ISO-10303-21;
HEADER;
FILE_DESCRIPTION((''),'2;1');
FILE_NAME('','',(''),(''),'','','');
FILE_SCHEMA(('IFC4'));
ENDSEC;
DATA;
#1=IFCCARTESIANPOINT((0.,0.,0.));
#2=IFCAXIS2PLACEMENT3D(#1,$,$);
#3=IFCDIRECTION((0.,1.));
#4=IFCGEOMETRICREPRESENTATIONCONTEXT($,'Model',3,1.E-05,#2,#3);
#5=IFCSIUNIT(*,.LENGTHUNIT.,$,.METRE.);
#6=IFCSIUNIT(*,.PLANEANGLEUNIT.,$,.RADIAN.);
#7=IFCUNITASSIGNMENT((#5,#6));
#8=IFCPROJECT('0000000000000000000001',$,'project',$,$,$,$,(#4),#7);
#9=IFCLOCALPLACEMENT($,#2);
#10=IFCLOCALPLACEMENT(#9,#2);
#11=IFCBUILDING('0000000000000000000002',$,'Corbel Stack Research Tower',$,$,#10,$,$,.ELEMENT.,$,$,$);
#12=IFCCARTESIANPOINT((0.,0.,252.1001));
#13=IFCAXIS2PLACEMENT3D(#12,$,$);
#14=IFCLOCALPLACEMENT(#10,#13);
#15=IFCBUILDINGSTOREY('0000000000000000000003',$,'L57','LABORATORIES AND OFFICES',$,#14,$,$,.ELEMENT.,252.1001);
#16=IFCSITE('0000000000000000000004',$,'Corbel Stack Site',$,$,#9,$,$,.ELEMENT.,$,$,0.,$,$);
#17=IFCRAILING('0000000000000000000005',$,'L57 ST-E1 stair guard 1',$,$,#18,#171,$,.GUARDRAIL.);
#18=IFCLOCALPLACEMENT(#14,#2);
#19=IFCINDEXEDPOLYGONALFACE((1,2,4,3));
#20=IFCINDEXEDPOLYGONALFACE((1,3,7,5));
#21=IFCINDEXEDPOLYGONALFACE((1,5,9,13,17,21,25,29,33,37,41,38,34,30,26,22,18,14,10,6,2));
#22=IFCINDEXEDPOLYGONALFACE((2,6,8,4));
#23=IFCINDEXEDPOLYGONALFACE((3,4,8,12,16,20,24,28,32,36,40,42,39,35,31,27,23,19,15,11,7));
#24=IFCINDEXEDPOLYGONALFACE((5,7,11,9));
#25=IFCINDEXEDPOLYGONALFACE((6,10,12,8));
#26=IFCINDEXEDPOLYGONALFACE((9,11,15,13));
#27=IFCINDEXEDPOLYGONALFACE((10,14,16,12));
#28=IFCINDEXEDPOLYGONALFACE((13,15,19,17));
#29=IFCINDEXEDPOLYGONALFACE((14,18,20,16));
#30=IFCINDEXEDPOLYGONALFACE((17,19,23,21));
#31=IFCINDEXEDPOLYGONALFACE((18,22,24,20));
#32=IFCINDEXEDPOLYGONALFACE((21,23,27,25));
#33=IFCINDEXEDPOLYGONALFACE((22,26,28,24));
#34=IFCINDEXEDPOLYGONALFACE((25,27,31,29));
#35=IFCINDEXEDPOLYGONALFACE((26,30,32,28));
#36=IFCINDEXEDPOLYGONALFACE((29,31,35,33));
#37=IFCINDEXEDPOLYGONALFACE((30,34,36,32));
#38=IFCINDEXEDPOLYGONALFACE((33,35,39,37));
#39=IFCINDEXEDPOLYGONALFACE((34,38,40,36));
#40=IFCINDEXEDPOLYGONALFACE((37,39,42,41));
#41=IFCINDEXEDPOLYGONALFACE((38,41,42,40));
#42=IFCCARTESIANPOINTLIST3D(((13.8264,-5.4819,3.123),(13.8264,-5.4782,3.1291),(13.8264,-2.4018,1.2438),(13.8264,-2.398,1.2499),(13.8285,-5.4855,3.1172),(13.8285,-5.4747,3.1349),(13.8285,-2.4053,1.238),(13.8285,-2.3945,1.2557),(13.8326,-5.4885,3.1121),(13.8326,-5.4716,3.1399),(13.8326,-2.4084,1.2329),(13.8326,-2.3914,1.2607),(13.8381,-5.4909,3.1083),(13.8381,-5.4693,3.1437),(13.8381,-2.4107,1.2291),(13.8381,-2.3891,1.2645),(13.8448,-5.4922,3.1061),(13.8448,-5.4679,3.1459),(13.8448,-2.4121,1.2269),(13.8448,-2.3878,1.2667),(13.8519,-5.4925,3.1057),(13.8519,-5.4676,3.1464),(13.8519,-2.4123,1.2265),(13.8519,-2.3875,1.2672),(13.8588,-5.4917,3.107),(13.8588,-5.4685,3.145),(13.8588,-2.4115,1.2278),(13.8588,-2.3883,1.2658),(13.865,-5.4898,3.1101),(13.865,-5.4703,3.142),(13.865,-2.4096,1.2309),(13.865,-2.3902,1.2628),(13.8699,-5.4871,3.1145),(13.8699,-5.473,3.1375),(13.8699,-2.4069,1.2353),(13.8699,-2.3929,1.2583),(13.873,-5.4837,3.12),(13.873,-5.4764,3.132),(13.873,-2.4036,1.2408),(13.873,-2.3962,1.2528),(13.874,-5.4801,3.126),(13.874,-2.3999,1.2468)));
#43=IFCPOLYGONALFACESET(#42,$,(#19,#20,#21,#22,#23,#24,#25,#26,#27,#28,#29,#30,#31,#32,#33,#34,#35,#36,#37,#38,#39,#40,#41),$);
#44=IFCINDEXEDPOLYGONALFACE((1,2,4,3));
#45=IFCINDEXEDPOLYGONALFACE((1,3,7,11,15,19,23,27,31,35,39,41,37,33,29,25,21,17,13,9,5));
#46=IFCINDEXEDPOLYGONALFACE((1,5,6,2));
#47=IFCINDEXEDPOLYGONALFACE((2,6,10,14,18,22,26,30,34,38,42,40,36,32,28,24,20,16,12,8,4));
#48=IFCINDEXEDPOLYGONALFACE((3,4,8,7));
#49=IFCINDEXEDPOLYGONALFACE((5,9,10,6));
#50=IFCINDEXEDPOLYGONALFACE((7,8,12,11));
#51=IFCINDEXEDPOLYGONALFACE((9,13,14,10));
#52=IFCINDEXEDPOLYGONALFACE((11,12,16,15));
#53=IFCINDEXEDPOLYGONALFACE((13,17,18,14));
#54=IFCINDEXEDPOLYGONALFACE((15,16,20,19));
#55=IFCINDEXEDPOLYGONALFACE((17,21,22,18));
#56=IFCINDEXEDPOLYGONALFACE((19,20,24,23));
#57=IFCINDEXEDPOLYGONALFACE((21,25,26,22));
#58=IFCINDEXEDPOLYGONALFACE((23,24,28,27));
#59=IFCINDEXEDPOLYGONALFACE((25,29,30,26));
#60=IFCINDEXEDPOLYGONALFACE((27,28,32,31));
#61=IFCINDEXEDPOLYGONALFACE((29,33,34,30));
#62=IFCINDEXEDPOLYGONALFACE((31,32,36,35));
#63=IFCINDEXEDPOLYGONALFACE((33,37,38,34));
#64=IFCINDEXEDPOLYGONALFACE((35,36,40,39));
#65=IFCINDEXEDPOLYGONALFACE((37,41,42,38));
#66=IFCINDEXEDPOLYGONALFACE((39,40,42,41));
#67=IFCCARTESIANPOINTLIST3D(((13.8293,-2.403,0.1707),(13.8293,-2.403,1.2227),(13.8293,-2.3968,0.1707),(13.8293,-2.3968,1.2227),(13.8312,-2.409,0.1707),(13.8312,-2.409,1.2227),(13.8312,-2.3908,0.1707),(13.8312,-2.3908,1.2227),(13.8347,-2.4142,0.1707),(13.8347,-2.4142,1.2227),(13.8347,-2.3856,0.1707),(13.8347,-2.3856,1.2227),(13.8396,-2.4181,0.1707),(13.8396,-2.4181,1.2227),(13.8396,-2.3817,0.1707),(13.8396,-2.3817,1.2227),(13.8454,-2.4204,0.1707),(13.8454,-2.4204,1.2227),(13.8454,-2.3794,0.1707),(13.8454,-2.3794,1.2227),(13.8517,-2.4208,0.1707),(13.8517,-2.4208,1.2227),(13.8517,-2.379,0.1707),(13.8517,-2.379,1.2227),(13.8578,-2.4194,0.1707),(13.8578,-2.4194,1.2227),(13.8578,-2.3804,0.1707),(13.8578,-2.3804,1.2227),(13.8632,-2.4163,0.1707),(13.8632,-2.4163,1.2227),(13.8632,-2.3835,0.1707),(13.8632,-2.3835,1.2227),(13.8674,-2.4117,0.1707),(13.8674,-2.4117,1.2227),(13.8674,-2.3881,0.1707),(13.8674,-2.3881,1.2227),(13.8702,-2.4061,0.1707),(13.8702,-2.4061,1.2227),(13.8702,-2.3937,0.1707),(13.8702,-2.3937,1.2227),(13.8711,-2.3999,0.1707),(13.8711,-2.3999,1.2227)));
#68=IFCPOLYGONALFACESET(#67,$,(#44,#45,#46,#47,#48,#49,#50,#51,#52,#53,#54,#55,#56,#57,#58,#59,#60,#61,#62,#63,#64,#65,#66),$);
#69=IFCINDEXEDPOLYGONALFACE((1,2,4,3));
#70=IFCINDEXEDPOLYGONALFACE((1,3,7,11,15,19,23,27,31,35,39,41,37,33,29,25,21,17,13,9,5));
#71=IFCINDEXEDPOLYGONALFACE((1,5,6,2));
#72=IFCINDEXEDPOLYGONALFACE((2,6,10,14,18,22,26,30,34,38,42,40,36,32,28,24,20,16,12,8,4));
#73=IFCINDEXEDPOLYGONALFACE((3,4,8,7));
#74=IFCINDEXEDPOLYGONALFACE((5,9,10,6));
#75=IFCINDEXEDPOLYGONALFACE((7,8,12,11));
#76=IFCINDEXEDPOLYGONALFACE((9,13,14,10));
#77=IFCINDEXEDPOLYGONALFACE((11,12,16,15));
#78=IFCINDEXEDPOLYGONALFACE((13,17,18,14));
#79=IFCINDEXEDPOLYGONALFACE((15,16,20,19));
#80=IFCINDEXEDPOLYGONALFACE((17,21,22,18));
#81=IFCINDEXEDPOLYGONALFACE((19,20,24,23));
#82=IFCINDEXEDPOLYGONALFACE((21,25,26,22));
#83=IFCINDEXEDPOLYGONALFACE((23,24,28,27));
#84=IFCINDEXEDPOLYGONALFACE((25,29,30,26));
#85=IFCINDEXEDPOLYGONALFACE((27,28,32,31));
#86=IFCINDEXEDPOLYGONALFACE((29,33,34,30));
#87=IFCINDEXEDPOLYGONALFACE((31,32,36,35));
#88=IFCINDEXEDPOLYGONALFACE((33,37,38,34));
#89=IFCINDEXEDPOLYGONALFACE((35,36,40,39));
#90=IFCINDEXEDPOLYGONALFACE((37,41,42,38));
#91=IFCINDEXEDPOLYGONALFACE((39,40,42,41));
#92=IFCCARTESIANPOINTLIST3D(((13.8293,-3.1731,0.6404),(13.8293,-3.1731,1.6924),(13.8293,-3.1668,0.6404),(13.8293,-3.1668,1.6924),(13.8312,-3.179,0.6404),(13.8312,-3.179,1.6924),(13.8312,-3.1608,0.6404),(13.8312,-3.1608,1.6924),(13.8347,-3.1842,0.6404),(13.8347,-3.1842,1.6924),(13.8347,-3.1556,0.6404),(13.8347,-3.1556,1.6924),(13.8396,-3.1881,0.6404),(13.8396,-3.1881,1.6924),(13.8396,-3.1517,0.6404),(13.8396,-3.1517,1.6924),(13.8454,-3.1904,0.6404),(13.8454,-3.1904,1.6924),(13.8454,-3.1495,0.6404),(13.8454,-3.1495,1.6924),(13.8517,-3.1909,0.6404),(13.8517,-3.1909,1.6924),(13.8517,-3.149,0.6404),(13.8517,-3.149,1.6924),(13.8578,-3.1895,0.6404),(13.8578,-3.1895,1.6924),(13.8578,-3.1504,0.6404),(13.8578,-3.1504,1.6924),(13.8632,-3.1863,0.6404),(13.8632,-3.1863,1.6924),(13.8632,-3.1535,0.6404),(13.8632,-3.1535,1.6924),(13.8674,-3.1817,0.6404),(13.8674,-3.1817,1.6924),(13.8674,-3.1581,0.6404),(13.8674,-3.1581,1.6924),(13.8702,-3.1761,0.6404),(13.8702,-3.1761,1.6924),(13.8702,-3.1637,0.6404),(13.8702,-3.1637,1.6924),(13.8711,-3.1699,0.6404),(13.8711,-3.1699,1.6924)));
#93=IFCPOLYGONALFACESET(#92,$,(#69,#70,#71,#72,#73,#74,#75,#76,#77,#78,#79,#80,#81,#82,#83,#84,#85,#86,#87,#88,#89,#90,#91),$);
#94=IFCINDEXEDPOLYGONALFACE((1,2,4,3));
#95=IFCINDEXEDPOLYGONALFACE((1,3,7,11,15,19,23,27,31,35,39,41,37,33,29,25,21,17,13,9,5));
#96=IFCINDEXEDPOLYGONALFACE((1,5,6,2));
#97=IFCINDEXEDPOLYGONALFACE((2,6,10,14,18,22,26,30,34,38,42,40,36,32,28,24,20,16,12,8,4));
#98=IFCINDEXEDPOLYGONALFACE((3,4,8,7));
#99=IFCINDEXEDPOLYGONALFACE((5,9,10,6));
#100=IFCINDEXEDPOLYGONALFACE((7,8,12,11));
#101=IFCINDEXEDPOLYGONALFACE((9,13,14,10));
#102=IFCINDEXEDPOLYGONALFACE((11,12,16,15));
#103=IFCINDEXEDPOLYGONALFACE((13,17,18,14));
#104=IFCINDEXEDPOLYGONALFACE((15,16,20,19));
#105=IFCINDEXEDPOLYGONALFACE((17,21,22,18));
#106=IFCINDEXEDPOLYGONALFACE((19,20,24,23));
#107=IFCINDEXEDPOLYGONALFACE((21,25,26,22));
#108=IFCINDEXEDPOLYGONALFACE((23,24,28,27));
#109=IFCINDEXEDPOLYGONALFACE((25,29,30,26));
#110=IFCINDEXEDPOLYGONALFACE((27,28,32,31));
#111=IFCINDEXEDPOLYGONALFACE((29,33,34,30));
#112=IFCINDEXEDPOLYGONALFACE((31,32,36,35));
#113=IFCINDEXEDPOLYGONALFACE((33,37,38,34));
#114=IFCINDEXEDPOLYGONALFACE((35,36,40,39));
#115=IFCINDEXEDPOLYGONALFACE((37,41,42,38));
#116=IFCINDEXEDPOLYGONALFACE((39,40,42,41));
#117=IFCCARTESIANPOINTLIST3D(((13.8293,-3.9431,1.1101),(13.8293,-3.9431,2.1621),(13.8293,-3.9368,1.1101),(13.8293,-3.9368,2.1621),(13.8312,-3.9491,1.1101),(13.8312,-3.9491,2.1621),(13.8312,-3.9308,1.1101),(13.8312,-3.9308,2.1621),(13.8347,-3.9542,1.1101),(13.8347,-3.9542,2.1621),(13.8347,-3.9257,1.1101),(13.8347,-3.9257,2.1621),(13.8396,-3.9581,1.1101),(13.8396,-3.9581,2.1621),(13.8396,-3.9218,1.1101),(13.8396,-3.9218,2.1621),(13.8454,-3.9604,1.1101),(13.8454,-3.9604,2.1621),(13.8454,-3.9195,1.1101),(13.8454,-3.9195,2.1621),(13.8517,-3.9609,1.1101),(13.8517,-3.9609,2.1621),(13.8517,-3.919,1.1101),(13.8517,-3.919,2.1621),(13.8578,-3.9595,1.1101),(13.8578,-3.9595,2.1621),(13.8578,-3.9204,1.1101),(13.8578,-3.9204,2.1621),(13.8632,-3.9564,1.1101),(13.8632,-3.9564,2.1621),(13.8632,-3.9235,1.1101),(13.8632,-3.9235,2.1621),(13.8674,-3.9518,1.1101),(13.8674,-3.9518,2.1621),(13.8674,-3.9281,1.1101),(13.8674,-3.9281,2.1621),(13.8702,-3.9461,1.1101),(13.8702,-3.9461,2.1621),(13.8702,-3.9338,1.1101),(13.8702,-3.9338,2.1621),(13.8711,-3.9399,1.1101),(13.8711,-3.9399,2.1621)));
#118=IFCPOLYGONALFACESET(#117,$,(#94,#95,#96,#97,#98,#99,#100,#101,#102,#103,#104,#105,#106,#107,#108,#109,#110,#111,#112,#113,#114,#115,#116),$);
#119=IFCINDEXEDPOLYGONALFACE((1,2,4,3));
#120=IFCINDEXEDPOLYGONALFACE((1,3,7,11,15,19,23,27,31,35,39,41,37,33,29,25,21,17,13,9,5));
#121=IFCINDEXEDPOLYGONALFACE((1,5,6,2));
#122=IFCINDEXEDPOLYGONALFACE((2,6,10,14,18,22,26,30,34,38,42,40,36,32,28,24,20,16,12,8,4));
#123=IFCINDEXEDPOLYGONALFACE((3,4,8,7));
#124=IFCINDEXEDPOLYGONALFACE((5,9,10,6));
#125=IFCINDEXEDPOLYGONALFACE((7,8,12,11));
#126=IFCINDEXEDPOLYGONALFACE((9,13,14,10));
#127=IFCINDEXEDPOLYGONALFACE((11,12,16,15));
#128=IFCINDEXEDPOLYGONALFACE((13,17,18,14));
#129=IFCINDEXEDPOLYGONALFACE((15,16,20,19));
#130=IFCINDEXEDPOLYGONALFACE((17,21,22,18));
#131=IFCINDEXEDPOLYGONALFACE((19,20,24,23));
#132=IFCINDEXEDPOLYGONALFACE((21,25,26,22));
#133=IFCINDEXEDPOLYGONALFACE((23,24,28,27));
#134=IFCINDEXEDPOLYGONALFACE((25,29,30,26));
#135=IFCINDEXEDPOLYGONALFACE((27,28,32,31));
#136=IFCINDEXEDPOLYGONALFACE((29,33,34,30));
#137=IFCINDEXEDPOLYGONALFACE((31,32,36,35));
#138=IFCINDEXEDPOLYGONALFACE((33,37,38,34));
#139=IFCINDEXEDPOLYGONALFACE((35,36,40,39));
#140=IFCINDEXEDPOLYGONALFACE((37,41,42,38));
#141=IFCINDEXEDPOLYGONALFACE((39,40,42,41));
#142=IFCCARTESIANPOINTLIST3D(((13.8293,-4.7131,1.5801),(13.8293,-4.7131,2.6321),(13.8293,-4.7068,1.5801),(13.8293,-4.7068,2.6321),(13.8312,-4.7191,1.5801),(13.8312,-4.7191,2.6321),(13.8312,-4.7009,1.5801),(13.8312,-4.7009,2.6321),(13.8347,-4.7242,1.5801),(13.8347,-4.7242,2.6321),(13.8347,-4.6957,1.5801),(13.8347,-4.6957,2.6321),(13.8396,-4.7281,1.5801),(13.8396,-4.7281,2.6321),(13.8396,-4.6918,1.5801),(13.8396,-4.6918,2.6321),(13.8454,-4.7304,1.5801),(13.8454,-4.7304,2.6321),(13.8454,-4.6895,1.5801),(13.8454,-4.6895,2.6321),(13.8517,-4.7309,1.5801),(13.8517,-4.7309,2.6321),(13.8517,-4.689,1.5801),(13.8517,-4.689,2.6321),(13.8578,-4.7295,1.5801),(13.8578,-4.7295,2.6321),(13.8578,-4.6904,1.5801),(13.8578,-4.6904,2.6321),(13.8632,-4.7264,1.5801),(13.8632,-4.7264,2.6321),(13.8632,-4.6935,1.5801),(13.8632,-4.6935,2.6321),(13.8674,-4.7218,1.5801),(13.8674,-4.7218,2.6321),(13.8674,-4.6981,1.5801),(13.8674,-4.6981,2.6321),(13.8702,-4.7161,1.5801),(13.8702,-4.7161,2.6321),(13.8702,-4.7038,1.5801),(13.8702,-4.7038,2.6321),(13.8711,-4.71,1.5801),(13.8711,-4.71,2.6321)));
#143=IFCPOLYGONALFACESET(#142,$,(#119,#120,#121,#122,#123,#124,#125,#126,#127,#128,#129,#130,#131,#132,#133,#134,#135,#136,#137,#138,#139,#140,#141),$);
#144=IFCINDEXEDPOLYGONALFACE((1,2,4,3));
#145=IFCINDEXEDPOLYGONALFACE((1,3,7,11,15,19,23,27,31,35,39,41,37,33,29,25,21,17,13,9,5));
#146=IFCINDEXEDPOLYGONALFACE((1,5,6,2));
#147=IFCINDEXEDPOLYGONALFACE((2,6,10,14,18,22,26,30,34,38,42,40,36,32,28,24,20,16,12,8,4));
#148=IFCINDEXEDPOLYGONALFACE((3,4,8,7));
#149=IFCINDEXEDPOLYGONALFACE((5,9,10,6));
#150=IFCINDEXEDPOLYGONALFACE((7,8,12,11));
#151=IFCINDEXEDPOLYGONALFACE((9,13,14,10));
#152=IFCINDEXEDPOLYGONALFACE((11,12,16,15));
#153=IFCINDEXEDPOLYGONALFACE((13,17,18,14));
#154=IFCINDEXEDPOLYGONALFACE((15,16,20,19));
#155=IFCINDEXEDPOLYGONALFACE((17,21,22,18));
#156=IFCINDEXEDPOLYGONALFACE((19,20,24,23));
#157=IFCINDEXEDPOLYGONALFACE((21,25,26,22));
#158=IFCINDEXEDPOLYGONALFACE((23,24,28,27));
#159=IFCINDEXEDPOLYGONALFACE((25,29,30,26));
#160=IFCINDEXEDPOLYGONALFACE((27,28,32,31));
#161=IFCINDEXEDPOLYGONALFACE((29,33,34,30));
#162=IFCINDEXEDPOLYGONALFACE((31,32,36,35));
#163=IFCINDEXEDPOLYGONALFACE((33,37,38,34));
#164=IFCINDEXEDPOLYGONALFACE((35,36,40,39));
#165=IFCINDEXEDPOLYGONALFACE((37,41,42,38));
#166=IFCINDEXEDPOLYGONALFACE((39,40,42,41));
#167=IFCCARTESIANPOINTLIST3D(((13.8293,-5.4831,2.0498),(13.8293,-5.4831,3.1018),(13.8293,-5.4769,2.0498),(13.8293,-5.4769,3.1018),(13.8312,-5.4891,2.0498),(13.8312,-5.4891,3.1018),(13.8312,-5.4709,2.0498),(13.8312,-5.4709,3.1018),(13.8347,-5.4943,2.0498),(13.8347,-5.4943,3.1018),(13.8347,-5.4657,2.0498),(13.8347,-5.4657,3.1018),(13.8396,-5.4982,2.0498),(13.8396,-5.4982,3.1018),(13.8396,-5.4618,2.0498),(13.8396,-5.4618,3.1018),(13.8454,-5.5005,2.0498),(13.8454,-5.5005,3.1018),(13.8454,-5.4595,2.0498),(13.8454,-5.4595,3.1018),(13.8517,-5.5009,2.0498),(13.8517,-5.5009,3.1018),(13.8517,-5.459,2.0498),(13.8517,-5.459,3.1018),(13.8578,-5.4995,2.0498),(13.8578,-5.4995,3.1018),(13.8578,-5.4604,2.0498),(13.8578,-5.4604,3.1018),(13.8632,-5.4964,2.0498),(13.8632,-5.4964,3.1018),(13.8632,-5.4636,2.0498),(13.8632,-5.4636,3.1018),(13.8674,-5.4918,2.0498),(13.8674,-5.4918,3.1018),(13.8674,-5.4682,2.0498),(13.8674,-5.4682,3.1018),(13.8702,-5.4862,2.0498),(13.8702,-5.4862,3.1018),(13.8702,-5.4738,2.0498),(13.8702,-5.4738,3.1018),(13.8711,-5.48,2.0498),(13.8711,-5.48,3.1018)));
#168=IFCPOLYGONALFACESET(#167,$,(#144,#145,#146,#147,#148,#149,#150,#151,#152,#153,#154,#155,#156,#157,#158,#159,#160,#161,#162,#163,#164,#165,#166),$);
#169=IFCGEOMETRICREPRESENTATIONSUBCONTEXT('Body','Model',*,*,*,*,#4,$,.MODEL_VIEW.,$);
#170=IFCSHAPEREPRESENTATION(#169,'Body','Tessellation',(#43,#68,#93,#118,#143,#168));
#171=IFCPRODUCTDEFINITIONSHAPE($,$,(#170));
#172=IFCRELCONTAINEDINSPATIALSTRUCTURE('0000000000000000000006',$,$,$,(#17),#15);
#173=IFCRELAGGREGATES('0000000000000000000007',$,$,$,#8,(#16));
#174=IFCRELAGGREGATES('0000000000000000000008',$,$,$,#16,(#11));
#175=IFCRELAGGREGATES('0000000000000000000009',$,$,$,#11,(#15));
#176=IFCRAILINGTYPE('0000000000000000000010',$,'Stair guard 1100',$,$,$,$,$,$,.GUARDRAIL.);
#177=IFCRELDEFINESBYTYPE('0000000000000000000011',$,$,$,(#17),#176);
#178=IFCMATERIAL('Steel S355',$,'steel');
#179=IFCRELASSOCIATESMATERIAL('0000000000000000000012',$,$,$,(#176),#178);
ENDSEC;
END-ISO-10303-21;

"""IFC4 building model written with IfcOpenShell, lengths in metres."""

from ifc_helpers import new_model, si_unit, direction, frame, origin, origin_2d, place, context, subcontext, project, spatial, circle, extrude, material, type_object, element, save


model = new_model("IFC4")

# Units and contexts
model_context = context("Model", 3, precision=1e-05, world=origin(), true_north=direction((0.0, 1.0)))
body_context = subcontext(model_context, "Body", "Model", "MODEL_VIEW")
ifc_project = project(units=[si_unit("LENGTHUNIT", "METRE"), si_unit("PLANEANGLEUNIT", "RADIAN")], contexts=[model_context])

# Site, building, storey
site_placement = place(None, origin())
site = spatial("IfcSite", under=ifc_project, at=site_placement, Name="Corbel Stack Site", CompositionType="ELEMENT", RefElevation=0.0)
building_placement = place(site_placement, origin())
building = spatial("IfcBuilding", under=site, at=building_placement, Name="Corbel Stack Research Tower", CompositionType="ELEMENT")
storey_placement = place(building_placement, frame((0.0, 0.0, 252.1001)))
storey = spatial("IfcBuildingStorey", under=building, at=storey_placement, Name="L57", Description="LABORATORIES AND OFFICES", CompositionType="ELEMENT", Elevation=252.1001)

# Railing
ifc_material_1 = material(Name="Steel S355", Category="steel")
railing_type_1 = type_object("IfcRailingType", Name="Stair guard 1100", PredefinedType="GUARDRAIL", material=ifc_material_1)
railing_1_placement = place(storey_placement, frame((13.8501, -2.3999, 0.1707)))
element("IfcRailing", 1, at=railing_1_placement, inside=storey, type_object=railing_type_1, Name="L57 ST-E1 stair guard 1", PredefinedType="GUARDRAIL", context=body_context, shape_type="SweptSolid", body=[
    extrude(circle(Radius=0.0239, at=origin_2d()), frame((0.0, 0.0, 1.0762), z_axis=(0.0, -0.853666, 0.52082), x_axis=(1.0, 0.0, 0.0)), (0.0, 0.0, 1.0), 3.6082),
    extrude(circle(Radius=0.021, at=origin_2d()), origin(), (0.0, 0.0, 1.0), 1.052),
    extrude(circle(Radius=0.021, at=origin_2d()), frame((0.0, -0.77, 0.4697)), (0.0, 0.0, 1.0), 1.052),
    extrude(circle(Radius=0.021, at=origin_2d()), frame((0.0, -1.54, 0.9395)), (0.0, 0.0, 1.0), 1.052),
    extrude(circle(Radius=0.021, at=origin_2d()), frame((0.0, -2.3101, 1.4094)), (0.0, 0.0, 1.0), 1.052),
    extrude(circle(Radius=0.021, at=origin_2d()), frame((0.0, -3.0801, 1.8792)), (0.0, 0.0, 1.0), 1.052),
])

save(model, "model.ifc")
